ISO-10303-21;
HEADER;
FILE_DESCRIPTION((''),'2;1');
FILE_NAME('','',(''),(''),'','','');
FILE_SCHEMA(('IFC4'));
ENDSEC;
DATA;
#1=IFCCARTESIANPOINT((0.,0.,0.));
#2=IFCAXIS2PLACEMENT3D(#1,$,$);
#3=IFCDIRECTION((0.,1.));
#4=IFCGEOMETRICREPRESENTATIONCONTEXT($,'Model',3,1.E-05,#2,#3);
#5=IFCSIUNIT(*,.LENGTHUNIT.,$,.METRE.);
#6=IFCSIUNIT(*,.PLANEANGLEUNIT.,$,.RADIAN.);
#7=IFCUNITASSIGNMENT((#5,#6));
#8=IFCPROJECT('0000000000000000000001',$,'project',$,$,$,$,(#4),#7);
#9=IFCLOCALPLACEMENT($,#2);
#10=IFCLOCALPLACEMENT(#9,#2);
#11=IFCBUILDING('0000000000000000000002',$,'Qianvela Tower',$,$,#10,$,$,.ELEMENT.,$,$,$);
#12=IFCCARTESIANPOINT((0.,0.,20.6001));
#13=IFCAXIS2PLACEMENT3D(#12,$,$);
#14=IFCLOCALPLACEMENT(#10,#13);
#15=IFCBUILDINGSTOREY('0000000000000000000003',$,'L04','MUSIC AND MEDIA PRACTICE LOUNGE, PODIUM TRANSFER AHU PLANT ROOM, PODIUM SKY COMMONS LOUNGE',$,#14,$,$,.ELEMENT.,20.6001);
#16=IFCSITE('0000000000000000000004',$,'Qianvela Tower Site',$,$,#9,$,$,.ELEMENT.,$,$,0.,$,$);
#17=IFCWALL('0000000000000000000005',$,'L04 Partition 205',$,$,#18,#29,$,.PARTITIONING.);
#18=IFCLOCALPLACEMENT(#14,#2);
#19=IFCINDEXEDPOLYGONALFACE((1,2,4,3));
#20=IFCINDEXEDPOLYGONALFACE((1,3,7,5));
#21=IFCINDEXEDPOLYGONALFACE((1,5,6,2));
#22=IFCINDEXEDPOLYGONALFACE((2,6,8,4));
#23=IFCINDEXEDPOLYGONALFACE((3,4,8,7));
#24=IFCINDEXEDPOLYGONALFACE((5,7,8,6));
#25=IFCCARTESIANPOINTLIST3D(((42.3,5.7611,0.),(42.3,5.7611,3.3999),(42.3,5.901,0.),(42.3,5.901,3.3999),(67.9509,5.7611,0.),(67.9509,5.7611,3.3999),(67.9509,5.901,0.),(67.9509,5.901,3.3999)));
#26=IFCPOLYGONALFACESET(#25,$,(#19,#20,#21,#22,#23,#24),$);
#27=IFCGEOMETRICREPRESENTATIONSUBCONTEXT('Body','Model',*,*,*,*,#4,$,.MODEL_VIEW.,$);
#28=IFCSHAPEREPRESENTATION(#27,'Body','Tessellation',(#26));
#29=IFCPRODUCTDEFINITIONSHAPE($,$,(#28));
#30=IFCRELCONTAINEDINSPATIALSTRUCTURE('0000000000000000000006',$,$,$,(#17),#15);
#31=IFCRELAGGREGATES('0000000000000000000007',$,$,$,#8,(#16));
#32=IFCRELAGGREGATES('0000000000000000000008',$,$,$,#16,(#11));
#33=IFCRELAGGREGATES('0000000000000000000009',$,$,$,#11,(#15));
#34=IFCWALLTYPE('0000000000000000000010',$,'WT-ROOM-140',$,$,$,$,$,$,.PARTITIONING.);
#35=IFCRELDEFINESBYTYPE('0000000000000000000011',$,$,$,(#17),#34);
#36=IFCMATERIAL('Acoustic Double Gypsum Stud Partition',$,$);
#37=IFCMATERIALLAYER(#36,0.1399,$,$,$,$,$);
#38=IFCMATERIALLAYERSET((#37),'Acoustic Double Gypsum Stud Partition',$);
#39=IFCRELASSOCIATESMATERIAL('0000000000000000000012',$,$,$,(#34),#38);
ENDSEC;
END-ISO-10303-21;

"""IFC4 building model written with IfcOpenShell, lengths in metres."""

from ifc_helpers import new_model, si_unit, direction, frame, frame_2d, origin, place, context, subcontext, project, spatial, rectangle, extrude, material, layer, layer_set, type_object, element, save


model = new_model("IFC4")

# Units and contexts
model_context = context("Model", 3, precision=1e-05, world=origin(), true_north=direction((0.0, 1.0)))
body_context = subcontext(model_context, "Body", "Model", "MODEL_VIEW")
ifc_project = project(units=[si_unit("LENGTHUNIT", "METRE"), si_unit("PLANEANGLEUNIT", "RADIAN")], contexts=[model_context])

# Site, building, storey
site_placement = place(None, origin())
site = spatial("IfcSite", under=ifc_project, at=site_placement, Name="Qianvela Tower Site", CompositionType="ELEMENT", RefElevation=0.0)
building_placement = place(site_placement, origin())
building = spatial("IfcBuilding", under=site, at=building_placement, Name="Qianvela Tower", CompositionType="ELEMENT")
storey_placement = place(building_placement, frame((0.0, 0.0, 20.6001)))
storey = spatial("IfcBuildingStorey", under=building, at=storey_placement, Name="L04", Description="MUSIC AND MEDIA PRACTICE LOUNGE, PODIUM TRANSFER AHU PLANT ROOM, PODIUM SKY COMMONS LOUNGE", CompositionType="ELEMENT", Elevation=20.6001)

# Wall
ifc_material_1 = material(Name="Acoustic Double Gypsum Stud Partition")
ifc_layer_1 = layer(ifc_material_1, 0.1399)
ifc_layer_set_1 = layer_set([ifc_layer_1], Name="Acoustic Double Gypsum Stud Partition")
wall_type_1 = type_object("IfcWallType", Name="WT-ROOM-140", PredefinedType="PARTITIONING", material=ifc_layer_set_1)
wall_1_placement = place(storey_placement, frame((67.9509, 5.8311, 0.0), z_axis=(0.0, 0.0, 1.0), x_axis=(-1.0, 0.0, 0.0)))
element("IfcWall", 1, at=wall_1_placement, inside=storey, type_object=wall_type_1, Name="L04 Partition 205", PredefinedType="PARTITIONING", context=body_context, shape_type="SweptSolid", body=[
    extrude(rectangle(XDim=25.6509, YDim=0.1399, at=frame_2d((12.8254, 0.0))), origin(), (0.0, 0.0, 1.0), 3.3999),
])

save(model, "model.ifc")
